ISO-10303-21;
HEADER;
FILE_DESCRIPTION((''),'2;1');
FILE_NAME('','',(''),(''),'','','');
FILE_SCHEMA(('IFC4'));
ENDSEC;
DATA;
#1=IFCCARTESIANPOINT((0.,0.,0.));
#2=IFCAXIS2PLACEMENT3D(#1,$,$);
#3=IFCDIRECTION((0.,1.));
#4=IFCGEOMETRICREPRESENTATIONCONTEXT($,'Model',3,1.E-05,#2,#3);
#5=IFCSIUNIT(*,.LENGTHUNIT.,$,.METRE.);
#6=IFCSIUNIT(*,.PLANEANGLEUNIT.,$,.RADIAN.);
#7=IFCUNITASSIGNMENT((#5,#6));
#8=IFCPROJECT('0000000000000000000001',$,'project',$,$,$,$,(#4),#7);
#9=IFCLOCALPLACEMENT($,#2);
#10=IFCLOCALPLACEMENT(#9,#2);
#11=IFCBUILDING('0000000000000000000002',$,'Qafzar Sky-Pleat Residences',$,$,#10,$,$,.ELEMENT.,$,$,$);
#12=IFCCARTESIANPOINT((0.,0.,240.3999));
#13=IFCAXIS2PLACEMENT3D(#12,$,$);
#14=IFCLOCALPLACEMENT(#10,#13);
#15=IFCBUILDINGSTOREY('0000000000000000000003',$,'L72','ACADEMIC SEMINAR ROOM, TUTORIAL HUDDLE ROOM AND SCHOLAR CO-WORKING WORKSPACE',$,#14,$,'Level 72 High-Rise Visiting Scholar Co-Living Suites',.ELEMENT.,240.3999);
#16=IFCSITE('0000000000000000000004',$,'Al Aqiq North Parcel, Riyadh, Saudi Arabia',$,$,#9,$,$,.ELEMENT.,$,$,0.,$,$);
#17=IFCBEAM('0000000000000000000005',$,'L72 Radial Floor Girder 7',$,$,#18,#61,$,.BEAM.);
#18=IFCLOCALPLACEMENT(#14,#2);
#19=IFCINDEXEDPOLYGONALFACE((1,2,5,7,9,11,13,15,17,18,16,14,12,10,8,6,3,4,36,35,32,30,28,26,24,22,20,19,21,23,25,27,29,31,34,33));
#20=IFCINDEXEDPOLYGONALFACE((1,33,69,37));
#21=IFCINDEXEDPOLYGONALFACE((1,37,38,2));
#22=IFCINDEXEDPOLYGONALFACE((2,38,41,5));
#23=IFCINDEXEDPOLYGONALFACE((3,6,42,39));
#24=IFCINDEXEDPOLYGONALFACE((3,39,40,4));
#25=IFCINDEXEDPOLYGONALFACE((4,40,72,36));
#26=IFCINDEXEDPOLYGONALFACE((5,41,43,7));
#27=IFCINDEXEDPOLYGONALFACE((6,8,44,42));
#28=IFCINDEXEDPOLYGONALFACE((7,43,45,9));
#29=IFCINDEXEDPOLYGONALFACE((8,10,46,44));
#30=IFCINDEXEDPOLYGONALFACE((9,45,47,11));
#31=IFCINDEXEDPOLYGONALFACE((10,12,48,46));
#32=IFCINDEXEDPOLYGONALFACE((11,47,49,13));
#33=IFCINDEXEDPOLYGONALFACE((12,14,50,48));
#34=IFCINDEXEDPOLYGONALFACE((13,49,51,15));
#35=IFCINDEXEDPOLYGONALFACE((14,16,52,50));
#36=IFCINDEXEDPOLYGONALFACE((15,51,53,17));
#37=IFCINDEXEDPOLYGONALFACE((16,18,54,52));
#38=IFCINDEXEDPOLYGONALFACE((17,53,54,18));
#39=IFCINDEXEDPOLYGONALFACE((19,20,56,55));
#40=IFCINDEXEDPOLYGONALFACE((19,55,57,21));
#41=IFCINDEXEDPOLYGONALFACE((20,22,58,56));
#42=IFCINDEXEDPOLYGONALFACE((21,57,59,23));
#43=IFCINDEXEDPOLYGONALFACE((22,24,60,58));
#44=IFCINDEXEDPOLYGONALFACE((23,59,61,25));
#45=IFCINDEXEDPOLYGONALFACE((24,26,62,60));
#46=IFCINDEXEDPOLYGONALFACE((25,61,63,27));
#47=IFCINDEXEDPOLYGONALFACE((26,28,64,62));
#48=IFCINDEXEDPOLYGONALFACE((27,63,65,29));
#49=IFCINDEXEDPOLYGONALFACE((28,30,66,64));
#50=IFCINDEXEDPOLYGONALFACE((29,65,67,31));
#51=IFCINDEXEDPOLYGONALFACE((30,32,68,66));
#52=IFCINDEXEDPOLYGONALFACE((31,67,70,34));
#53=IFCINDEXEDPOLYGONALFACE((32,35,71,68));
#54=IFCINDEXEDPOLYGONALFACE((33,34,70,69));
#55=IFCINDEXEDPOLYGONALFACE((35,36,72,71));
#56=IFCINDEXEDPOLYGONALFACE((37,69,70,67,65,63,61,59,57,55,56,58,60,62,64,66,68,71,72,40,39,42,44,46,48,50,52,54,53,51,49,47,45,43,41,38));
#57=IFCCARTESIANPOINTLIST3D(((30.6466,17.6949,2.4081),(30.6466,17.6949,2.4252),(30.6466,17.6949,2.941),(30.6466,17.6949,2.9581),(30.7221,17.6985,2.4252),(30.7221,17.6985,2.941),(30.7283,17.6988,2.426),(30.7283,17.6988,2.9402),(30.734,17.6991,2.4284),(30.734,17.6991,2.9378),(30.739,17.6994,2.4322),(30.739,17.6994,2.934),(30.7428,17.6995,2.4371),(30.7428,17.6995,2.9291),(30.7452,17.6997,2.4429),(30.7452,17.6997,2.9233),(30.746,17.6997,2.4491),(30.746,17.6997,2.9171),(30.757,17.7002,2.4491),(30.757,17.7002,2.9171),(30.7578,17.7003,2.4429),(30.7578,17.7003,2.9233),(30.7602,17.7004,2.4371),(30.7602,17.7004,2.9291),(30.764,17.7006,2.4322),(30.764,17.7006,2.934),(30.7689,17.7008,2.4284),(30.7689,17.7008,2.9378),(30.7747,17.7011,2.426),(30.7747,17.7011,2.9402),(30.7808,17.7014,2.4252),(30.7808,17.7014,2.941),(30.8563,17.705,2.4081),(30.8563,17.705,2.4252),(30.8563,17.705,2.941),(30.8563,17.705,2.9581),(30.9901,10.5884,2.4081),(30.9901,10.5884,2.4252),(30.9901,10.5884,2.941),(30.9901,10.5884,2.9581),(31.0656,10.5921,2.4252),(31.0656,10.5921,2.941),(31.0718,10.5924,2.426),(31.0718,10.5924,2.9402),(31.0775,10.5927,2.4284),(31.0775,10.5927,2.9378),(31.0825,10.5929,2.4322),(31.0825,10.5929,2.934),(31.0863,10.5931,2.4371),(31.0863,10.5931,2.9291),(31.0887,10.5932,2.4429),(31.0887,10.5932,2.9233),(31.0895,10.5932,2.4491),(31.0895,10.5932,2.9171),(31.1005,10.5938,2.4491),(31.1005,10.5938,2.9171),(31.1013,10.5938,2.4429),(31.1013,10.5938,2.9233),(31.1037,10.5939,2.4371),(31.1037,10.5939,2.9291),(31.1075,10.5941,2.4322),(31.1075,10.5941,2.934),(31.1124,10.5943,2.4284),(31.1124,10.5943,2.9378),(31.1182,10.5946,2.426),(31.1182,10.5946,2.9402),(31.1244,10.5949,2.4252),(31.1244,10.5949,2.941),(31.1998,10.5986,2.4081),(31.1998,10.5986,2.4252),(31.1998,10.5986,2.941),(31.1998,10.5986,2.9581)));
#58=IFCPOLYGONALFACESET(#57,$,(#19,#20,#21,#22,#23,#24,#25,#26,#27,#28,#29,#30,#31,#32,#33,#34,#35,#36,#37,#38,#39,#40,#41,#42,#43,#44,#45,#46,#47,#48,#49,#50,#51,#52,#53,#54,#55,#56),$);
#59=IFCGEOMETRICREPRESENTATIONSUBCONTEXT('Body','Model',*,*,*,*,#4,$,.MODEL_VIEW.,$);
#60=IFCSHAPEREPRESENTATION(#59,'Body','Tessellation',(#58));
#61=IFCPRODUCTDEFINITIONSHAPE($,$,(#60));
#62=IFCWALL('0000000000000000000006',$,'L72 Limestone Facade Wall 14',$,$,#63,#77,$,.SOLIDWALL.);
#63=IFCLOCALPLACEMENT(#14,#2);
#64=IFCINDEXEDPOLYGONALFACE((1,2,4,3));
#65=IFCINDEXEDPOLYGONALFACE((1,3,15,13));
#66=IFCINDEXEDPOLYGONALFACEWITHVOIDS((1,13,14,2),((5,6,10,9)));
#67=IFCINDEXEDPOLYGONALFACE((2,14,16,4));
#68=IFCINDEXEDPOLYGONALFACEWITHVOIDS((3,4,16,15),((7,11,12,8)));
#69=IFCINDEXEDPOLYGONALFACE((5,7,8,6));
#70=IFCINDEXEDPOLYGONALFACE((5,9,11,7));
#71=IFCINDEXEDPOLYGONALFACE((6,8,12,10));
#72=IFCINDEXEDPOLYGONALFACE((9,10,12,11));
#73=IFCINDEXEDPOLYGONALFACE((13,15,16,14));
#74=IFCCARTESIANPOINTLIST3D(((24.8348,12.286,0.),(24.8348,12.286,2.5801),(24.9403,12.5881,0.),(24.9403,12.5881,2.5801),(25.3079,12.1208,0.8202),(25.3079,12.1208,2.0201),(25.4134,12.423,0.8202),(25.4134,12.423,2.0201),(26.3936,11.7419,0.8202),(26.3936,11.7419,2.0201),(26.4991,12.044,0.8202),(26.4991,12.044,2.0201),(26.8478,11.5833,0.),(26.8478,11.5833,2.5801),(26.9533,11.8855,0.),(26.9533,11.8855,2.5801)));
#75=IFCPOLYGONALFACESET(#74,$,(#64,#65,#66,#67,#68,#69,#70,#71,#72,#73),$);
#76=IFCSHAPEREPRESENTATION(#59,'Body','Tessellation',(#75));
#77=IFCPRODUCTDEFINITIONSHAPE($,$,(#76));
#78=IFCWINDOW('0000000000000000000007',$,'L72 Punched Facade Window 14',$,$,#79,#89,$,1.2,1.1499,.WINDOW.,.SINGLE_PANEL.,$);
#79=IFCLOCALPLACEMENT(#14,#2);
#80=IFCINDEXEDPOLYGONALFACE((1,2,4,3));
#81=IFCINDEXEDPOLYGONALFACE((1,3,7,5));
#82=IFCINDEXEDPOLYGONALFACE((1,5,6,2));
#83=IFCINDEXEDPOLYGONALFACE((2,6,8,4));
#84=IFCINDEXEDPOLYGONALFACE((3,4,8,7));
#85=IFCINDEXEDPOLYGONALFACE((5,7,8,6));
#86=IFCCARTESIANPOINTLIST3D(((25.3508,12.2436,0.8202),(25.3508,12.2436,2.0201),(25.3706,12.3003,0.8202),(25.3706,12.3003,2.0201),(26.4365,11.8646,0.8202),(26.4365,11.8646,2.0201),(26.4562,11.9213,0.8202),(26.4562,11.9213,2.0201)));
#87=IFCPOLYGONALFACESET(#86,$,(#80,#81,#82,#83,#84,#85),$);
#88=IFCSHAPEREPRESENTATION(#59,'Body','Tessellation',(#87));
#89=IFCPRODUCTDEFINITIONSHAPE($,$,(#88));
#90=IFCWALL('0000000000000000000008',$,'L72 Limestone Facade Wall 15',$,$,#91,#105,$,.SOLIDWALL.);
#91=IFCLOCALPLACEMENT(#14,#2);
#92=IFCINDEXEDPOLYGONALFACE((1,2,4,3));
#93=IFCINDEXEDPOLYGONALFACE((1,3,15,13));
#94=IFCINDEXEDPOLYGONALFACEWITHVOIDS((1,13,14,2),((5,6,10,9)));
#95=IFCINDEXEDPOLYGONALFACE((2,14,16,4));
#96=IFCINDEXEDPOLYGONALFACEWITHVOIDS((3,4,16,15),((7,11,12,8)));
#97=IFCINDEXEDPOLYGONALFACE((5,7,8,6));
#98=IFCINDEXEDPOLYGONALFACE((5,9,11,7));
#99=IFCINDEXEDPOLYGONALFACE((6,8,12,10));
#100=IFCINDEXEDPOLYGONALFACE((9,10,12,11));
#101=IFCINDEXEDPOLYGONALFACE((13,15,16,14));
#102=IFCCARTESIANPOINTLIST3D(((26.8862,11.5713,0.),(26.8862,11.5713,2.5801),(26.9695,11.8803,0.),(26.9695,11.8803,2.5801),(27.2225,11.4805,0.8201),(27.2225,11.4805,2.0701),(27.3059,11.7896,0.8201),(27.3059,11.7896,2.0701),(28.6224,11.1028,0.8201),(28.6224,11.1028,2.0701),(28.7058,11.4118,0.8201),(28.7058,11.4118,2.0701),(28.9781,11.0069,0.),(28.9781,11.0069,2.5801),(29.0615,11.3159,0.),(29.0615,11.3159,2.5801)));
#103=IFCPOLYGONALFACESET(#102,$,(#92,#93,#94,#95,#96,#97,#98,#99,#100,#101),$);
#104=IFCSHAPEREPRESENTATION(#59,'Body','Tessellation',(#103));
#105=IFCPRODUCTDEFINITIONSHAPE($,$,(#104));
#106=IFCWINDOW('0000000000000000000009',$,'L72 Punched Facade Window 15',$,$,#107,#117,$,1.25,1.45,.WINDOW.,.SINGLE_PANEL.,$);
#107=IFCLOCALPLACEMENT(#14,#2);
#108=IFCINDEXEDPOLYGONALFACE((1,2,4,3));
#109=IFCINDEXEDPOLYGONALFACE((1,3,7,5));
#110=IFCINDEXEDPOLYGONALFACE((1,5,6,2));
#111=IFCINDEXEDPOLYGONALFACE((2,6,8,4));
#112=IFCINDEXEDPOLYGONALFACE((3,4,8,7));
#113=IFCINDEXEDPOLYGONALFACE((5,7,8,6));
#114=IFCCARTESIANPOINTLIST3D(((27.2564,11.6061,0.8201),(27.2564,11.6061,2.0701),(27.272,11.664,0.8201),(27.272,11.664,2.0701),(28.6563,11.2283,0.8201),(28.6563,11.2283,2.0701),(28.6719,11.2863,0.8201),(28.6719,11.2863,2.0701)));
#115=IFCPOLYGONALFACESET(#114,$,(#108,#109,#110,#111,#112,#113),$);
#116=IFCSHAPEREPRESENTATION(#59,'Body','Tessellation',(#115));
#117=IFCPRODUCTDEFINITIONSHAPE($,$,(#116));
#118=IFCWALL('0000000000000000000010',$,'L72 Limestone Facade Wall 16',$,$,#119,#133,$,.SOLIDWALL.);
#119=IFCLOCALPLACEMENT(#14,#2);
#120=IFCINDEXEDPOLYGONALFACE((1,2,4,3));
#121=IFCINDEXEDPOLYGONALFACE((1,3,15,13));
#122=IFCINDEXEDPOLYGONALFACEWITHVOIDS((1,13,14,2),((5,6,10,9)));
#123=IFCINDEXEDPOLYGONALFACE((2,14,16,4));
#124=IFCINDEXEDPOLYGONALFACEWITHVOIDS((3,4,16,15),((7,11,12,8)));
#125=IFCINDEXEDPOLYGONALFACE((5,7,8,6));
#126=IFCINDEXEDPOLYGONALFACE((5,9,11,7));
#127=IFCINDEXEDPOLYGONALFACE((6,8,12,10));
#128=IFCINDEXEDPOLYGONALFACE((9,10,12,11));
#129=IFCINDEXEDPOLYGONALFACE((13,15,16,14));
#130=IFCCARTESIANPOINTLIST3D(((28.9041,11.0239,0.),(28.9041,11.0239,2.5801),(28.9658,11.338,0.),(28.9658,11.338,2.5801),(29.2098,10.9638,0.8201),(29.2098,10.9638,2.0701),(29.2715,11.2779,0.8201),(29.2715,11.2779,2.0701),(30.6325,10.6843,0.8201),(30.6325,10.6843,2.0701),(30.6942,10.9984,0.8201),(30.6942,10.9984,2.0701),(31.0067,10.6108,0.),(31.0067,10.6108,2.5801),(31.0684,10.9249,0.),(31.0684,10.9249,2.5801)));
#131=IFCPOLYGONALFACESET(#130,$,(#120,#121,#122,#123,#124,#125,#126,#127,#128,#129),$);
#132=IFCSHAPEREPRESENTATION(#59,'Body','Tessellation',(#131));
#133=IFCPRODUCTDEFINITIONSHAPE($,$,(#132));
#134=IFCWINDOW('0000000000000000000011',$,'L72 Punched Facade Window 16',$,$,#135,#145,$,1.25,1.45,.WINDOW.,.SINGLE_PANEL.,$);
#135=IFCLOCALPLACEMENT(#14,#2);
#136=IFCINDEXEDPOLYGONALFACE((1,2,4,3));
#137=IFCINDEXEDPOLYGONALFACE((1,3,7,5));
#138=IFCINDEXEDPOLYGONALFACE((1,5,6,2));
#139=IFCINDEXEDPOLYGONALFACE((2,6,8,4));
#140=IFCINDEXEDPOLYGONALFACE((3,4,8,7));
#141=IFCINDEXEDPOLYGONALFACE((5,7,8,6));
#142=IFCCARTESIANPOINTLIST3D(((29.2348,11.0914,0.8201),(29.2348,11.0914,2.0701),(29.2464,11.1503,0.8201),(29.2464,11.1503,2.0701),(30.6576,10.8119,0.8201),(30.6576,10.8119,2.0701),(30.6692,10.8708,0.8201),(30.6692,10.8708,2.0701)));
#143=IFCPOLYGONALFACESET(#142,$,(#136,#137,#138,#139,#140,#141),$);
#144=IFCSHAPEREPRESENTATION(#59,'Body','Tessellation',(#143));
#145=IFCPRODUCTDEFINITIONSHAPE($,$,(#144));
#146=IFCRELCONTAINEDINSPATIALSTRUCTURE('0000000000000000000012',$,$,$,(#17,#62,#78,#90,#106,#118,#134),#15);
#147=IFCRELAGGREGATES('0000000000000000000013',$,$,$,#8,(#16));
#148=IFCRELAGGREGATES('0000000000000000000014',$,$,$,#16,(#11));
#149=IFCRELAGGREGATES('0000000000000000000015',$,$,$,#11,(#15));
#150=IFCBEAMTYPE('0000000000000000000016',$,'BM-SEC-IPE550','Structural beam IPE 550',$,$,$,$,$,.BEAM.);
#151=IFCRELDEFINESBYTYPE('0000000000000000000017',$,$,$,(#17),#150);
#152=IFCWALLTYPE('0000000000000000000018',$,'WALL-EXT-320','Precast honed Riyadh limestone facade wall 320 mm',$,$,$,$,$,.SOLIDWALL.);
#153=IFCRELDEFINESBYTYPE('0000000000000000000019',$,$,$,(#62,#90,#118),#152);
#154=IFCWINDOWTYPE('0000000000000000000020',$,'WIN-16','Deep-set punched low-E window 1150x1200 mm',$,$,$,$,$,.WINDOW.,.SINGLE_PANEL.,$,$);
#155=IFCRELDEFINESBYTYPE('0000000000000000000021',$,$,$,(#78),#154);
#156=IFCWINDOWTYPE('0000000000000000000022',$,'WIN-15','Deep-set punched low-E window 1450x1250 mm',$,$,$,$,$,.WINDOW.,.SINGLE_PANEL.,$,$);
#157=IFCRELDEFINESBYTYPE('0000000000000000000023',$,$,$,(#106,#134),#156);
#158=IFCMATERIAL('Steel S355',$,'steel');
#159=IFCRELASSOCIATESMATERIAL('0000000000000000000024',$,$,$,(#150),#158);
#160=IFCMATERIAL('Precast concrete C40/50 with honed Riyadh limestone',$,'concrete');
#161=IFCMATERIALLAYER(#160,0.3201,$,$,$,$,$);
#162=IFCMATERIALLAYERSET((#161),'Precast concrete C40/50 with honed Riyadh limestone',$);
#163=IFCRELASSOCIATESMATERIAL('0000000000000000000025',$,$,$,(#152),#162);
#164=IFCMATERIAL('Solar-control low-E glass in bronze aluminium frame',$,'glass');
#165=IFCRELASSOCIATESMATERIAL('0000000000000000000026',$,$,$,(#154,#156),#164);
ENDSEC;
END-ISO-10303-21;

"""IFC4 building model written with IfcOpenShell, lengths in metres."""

from ifc_helpers import new_model, si_unit, direction, frame, frame_2d, origin, origin_2d, place, context, subcontext, project, spatial, rectangle, i_section, extrude, source, transform, mapped, material, layer, layer_set, material_profile, profile_set, type_object, element, fill, save


model = new_model("IFC4")

# Units and contexts
model_context = context("Model", 3, precision=1e-05, world=origin(), true_north=direction((0.0, 1.0)))
body_context = subcontext(model_context, "Body", "Model", "MODEL_VIEW")
ifc_project = project(units=[si_unit("LENGTHUNIT", "METRE"), si_unit("PLANEANGLEUNIT", "RADIAN")], contexts=[model_context])

# Site, building, storey
site_placement = place(None, origin())
site = spatial("IfcSite", under=ifc_project, at=site_placement, Name="Al Aqiq North Parcel, Riyadh, Saudi Arabia", CompositionType="ELEMENT", RefElevation=0.0)
building_placement = place(site_placement, origin())
building = spatial("IfcBuilding", under=site, at=building_placement, Name="Qafzar Sky-Pleat Residences", CompositionType="ELEMENT")
storey_placement = place(building_placement, frame((0.0, 0.0, 240.3999)))
storey = spatial("IfcBuildingStorey", under=building, at=storey_placement, Name="L72", Description="ACADEMIC SEMINAR ROOM, TUTORIAL HUDDLE ROOM AND SCHOLAR CO-WORKING WORKSPACE", LongName="Level 72 High-Rise Visiting Scholar Co-Living Suites", CompositionType="ELEMENT", Elevation=240.3999)

# Shared definitions
ifc_material_1 = material(Name="Steel S355", Category="steel")

# Beam
ifc_material_profile_1 = material_profile(ifc_material_1, i_section(OverallWidth=0.21, OverallDepth=0.55, WebThickness=0.011, FlangeThickness=0.0171, FilletRadius=0.0239, at=origin_2d()), Name="IPE 550")
ifc_profile_set_1 = profile_set([ifc_material_profile_1], Name="Steel S355")
beam_type_1 = type_object("IfcBeamType", Name="BM-SEC-IPE550", Description="Structural beam IPE 550", PredefinedType="BEAM", material=ifc_profile_set_1)
shared_shape_1 = source(origin(), body_context, "Body", "SweptSolid", [
    extrude(i_section(OverallWidth=0.21, OverallDepth=0.55, WebThickness=0.011, FlangeThickness=0.0171, FilletRadius=0.0239, at=origin_2d()), origin(), (0.0, 0.0, 1.0), 7.1147),
])
beam_1_placement = place(storey_placement, frame((31.095, 10.5935, 2.6831), z_axis=(-0.048281, 0.998834, 0.0), x_axis=(-0.998834, -0.048281, 0.0)))
element("IfcBeam", 1, at=beam_1_placement, inside=storey, type_object=beam_type_1, Name="L72 Radial Floor Girder 7", PredefinedType="BEAM", context=body_context, shape_type="MappedRepresentation", body=[
    mapped(shared_shape_1, transform((0.0, 0.0, 0.0), x_axis=(1.0, 0.0, 0.0), y_axis=(0.0, 1.0, 0.0), z_axis=(0.0, 0.0, 1.0), scale=1.0)),
])

# Walls, openings, windows
ifc_material_2 = material(Name="Precast concrete C40/50 with honed Riyadh limestone", Category="concrete")
ifc_layer_1 = layer(ifc_material_2, 0.3201)
ifc_layer_set_1 = layer_set([ifc_layer_1], Name="Precast concrete C40/50 with honed Riyadh limestone")
wall_type = type_object("IfcWallType", Name="WALL-EXT-320", Description="Precast honed Riyadh limestone facade wall 320 mm", PredefinedType="SOLIDWALL", material=ifc_layer_set_1)
wall_1_placement = place(storey_placement, frame((24.8877, 12.437, 0.0), z_axis=(0.0, 0.0, 1.0), x_axis=(0.944135, -0.32956, 0.0)))
wall_1 = element("IfcWall", 2, at=wall_1_placement, inside=storey, type_object=wall_type, Name="L72 Limestone Facade Wall 14", PredefinedType="SOLIDWALL", context=body_context, shape_type="SweptSolid", body=[
    extrude(rectangle(XDim=2.1321, YDim=0.3201, at=frame_2d((1.0659, 0.0))), origin(), (0.0, 0.0, 1.0), 2.5801),
])
opening_1_placement = place(wall_1_placement, frame((0.501, 0.0, 0.8201)))
opening_1 = element("IfcOpeningElement", 3, at=opening_1_placement, cuts=wall_1, PredefinedType="OPENING", context=body_context, shape_type="SweptSolid", body=[
    extrude(rectangle(XDim=1.1499, YDim=1.2, at=frame_2d((0.575, 0.6001))), frame((0.0, 0.1699, 0.0), z_axis=(0.0, -1.0, 0.0), x_axis=(1.0, 0.0, 0.0)), (0.0, 0.0, 1.0), 0.3401),
])
ifc_material_3 = material(Name="Solar-control low-E glass in bronze aluminium frame", Category="glass")
window_type_1 = type_object("IfcWindowType", Name="WIN-16", Description="Deep-set punched low-E window 1150x1200 mm", PartitioningType="SINGLE_PANEL", PredefinedType="WINDOW", material=ifc_material_3)
shared_shape_2 = source(origin(), body_context, "Body", "SweptSolid", [
    extrude(rectangle(XDim=1.1499, YDim=1.2, at=frame_2d((0.575, 0.6001))), frame((0.0, 0.03, 0.0), z_axis=(0.0, -1.0, 0.0), x_axis=(1.0, 0.0, 0.0)), (0.0, 0.0, 1.0), 0.0601),
])
window_1_placement = place(opening_1_placement, origin())
window_1 = element("IfcWindow", 4, at=window_1_placement, inside=storey, type_object=window_type_1, Name="L72 Punched Facade Window 14", OverallHeight=1.2, OverallWidth=1.1499, PartitioningType="SINGLE_PANEL", PredefinedType="WINDOW", context=body_context, shape_type="MappedRepresentation", body=[
    mapped(shared_shape_2, transform((0.0, 0.0, 0.0), x_axis=(1.0, 0.0, 0.0), y_axis=(0.0, 1.0, 0.0), z_axis=(0.0, 0.0, 1.0), scale=1.0)),
])
fill(opening_1, window_1)
wall_2_placement = place(storey_placement, frame((26.9277, 11.7258, 0.0), z_axis=(0.0, 0.0, 1.0), x_axis=(0.965475, -0.260495, 0.0)))
wall_2 = element("IfcWall", 5, at=wall_2_placement, inside=storey, type_object=wall_type, Name="L72 Limestone Facade Wall 15", PredefinedType="SOLIDWALL", context=body_context, shape_type="SweptSolid", body=[
    extrude(rectangle(XDim=2.1667, YDim=0.3201, at=frame_2d((1.0835, 0.0))), origin(), (0.0, 0.0, 1.0), 2.5801),
])
opening_2_placement = place(wall_2_placement, frame((0.3484, 0.0, 0.8201)))
opening_2 = element("IfcOpeningElement", 6, at=opening_2_placement, cuts=wall_2, PredefinedType="OPENING", context=body_context, shape_type="SweptSolid", body=[
    extrude(rectangle(XDim=1.45, YDim=1.25, at=frame_2d((0.7251, 0.625))), frame((0.0, 0.1699, 0.0), z_axis=(0.0, -1.0, 0.0), x_axis=(1.0, 0.0, 0.0)), (0.0, 0.0, 1.0), 0.3401),
])
window_type_2 = type_object("IfcWindowType", Name="WIN-15", Description="Deep-set punched low-E window 1450x1250 mm", PartitioningType="SINGLE_PANEL", PredefinedType="WINDOW", material=ifc_material_3)
shared_shape_3 = source(origin(), body_context, "Body", "SweptSolid", [
    extrude(rectangle(XDim=1.45, YDim=1.25, at=frame_2d((0.7251, 0.625))), frame((0.0, 0.03, 0.0), z_axis=(0.0, -1.0, 0.0), x_axis=(1.0, 0.0, 0.0)), (0.0, 0.0, 1.0), 0.0601),
])
window_2_placement = place(opening_2_placement, origin())
window_2 = element("IfcWindow", 7, at=window_2_placement, inside=storey, type_object=window_type_2, Name="L72 Punched Facade Window 15", OverallHeight=1.25, OverallWidth=1.45, PartitioningType="SINGLE_PANEL", PredefinedType="WINDOW", context=body_context, shape_type="MappedRepresentation", body=[
    mapped(shared_shape_3, transform((0.0, 0.0, 0.0), x_axis=(1.0, 0.0, 0.0), y_axis=(0.0, 1.0, 0.0), z_axis=(0.0, 0.0, 1.0), scale=1.0)),
])
fill(opening_2, window_2)
wall_3_placement = place(storey_placement, frame((28.9351, 11.1809, 0.0), z_axis=(0.0, 0.0, 1.0), x_axis=(0.981241, -0.192784, 0.0)))
wall_3 = element("IfcWall", 8, at=wall_3_placement, inside=storey, type_object=wall_type, Name="L72 Limestone Facade Wall 16", PredefinedType="SOLIDWALL", context=body_context, shape_type="SweptSolid", body=[
    extrude(rectangle(XDim=2.1428, YDim=0.3201, at=frame_2d((1.0713, 0.0))), origin(), (0.0, 0.0, 1.0), 2.5801),
])
opening_3_placement = place(wall_3_placement, frame((0.3113, 0.0, 0.8201)))
opening_3 = element("IfcOpeningElement", 9, at=opening_3_placement, cuts=wall_3, PredefinedType="OPENING", context=body_context, shape_type="SweptSolid", body=[
    extrude(rectangle(XDim=1.45, YDim=1.25, at=frame_2d((0.7251, 0.625))), frame((0.0, 0.1699, 0.0), z_axis=(0.0, -1.0, 0.0), x_axis=(1.0, 0.0, 0.0)), (0.0, 0.0, 1.0), 0.3401),
])
window_3_placement = place(opening_3_placement, origin())
window_3 = element("IfcWindow", 10, at=window_3_placement, inside=storey, type_object=window_type_2, Name="L72 Punched Facade Window 16", OverallHeight=1.25, OverallWidth=1.45, PartitioningType="SINGLE_PANEL", PredefinedType="WINDOW", context=body_context, shape_type="MappedRepresentation", body=[
    mapped(shared_shape_3, transform((0.0, 0.0, 0.0), x_axis=(1.0, 0.0, 0.0), y_axis=(0.0, 1.0, 0.0), z_axis=(0.0, 0.0, 1.0), scale=1.0)),
])
fill(opening_3, window_3)

save(model, "model.ifc")
